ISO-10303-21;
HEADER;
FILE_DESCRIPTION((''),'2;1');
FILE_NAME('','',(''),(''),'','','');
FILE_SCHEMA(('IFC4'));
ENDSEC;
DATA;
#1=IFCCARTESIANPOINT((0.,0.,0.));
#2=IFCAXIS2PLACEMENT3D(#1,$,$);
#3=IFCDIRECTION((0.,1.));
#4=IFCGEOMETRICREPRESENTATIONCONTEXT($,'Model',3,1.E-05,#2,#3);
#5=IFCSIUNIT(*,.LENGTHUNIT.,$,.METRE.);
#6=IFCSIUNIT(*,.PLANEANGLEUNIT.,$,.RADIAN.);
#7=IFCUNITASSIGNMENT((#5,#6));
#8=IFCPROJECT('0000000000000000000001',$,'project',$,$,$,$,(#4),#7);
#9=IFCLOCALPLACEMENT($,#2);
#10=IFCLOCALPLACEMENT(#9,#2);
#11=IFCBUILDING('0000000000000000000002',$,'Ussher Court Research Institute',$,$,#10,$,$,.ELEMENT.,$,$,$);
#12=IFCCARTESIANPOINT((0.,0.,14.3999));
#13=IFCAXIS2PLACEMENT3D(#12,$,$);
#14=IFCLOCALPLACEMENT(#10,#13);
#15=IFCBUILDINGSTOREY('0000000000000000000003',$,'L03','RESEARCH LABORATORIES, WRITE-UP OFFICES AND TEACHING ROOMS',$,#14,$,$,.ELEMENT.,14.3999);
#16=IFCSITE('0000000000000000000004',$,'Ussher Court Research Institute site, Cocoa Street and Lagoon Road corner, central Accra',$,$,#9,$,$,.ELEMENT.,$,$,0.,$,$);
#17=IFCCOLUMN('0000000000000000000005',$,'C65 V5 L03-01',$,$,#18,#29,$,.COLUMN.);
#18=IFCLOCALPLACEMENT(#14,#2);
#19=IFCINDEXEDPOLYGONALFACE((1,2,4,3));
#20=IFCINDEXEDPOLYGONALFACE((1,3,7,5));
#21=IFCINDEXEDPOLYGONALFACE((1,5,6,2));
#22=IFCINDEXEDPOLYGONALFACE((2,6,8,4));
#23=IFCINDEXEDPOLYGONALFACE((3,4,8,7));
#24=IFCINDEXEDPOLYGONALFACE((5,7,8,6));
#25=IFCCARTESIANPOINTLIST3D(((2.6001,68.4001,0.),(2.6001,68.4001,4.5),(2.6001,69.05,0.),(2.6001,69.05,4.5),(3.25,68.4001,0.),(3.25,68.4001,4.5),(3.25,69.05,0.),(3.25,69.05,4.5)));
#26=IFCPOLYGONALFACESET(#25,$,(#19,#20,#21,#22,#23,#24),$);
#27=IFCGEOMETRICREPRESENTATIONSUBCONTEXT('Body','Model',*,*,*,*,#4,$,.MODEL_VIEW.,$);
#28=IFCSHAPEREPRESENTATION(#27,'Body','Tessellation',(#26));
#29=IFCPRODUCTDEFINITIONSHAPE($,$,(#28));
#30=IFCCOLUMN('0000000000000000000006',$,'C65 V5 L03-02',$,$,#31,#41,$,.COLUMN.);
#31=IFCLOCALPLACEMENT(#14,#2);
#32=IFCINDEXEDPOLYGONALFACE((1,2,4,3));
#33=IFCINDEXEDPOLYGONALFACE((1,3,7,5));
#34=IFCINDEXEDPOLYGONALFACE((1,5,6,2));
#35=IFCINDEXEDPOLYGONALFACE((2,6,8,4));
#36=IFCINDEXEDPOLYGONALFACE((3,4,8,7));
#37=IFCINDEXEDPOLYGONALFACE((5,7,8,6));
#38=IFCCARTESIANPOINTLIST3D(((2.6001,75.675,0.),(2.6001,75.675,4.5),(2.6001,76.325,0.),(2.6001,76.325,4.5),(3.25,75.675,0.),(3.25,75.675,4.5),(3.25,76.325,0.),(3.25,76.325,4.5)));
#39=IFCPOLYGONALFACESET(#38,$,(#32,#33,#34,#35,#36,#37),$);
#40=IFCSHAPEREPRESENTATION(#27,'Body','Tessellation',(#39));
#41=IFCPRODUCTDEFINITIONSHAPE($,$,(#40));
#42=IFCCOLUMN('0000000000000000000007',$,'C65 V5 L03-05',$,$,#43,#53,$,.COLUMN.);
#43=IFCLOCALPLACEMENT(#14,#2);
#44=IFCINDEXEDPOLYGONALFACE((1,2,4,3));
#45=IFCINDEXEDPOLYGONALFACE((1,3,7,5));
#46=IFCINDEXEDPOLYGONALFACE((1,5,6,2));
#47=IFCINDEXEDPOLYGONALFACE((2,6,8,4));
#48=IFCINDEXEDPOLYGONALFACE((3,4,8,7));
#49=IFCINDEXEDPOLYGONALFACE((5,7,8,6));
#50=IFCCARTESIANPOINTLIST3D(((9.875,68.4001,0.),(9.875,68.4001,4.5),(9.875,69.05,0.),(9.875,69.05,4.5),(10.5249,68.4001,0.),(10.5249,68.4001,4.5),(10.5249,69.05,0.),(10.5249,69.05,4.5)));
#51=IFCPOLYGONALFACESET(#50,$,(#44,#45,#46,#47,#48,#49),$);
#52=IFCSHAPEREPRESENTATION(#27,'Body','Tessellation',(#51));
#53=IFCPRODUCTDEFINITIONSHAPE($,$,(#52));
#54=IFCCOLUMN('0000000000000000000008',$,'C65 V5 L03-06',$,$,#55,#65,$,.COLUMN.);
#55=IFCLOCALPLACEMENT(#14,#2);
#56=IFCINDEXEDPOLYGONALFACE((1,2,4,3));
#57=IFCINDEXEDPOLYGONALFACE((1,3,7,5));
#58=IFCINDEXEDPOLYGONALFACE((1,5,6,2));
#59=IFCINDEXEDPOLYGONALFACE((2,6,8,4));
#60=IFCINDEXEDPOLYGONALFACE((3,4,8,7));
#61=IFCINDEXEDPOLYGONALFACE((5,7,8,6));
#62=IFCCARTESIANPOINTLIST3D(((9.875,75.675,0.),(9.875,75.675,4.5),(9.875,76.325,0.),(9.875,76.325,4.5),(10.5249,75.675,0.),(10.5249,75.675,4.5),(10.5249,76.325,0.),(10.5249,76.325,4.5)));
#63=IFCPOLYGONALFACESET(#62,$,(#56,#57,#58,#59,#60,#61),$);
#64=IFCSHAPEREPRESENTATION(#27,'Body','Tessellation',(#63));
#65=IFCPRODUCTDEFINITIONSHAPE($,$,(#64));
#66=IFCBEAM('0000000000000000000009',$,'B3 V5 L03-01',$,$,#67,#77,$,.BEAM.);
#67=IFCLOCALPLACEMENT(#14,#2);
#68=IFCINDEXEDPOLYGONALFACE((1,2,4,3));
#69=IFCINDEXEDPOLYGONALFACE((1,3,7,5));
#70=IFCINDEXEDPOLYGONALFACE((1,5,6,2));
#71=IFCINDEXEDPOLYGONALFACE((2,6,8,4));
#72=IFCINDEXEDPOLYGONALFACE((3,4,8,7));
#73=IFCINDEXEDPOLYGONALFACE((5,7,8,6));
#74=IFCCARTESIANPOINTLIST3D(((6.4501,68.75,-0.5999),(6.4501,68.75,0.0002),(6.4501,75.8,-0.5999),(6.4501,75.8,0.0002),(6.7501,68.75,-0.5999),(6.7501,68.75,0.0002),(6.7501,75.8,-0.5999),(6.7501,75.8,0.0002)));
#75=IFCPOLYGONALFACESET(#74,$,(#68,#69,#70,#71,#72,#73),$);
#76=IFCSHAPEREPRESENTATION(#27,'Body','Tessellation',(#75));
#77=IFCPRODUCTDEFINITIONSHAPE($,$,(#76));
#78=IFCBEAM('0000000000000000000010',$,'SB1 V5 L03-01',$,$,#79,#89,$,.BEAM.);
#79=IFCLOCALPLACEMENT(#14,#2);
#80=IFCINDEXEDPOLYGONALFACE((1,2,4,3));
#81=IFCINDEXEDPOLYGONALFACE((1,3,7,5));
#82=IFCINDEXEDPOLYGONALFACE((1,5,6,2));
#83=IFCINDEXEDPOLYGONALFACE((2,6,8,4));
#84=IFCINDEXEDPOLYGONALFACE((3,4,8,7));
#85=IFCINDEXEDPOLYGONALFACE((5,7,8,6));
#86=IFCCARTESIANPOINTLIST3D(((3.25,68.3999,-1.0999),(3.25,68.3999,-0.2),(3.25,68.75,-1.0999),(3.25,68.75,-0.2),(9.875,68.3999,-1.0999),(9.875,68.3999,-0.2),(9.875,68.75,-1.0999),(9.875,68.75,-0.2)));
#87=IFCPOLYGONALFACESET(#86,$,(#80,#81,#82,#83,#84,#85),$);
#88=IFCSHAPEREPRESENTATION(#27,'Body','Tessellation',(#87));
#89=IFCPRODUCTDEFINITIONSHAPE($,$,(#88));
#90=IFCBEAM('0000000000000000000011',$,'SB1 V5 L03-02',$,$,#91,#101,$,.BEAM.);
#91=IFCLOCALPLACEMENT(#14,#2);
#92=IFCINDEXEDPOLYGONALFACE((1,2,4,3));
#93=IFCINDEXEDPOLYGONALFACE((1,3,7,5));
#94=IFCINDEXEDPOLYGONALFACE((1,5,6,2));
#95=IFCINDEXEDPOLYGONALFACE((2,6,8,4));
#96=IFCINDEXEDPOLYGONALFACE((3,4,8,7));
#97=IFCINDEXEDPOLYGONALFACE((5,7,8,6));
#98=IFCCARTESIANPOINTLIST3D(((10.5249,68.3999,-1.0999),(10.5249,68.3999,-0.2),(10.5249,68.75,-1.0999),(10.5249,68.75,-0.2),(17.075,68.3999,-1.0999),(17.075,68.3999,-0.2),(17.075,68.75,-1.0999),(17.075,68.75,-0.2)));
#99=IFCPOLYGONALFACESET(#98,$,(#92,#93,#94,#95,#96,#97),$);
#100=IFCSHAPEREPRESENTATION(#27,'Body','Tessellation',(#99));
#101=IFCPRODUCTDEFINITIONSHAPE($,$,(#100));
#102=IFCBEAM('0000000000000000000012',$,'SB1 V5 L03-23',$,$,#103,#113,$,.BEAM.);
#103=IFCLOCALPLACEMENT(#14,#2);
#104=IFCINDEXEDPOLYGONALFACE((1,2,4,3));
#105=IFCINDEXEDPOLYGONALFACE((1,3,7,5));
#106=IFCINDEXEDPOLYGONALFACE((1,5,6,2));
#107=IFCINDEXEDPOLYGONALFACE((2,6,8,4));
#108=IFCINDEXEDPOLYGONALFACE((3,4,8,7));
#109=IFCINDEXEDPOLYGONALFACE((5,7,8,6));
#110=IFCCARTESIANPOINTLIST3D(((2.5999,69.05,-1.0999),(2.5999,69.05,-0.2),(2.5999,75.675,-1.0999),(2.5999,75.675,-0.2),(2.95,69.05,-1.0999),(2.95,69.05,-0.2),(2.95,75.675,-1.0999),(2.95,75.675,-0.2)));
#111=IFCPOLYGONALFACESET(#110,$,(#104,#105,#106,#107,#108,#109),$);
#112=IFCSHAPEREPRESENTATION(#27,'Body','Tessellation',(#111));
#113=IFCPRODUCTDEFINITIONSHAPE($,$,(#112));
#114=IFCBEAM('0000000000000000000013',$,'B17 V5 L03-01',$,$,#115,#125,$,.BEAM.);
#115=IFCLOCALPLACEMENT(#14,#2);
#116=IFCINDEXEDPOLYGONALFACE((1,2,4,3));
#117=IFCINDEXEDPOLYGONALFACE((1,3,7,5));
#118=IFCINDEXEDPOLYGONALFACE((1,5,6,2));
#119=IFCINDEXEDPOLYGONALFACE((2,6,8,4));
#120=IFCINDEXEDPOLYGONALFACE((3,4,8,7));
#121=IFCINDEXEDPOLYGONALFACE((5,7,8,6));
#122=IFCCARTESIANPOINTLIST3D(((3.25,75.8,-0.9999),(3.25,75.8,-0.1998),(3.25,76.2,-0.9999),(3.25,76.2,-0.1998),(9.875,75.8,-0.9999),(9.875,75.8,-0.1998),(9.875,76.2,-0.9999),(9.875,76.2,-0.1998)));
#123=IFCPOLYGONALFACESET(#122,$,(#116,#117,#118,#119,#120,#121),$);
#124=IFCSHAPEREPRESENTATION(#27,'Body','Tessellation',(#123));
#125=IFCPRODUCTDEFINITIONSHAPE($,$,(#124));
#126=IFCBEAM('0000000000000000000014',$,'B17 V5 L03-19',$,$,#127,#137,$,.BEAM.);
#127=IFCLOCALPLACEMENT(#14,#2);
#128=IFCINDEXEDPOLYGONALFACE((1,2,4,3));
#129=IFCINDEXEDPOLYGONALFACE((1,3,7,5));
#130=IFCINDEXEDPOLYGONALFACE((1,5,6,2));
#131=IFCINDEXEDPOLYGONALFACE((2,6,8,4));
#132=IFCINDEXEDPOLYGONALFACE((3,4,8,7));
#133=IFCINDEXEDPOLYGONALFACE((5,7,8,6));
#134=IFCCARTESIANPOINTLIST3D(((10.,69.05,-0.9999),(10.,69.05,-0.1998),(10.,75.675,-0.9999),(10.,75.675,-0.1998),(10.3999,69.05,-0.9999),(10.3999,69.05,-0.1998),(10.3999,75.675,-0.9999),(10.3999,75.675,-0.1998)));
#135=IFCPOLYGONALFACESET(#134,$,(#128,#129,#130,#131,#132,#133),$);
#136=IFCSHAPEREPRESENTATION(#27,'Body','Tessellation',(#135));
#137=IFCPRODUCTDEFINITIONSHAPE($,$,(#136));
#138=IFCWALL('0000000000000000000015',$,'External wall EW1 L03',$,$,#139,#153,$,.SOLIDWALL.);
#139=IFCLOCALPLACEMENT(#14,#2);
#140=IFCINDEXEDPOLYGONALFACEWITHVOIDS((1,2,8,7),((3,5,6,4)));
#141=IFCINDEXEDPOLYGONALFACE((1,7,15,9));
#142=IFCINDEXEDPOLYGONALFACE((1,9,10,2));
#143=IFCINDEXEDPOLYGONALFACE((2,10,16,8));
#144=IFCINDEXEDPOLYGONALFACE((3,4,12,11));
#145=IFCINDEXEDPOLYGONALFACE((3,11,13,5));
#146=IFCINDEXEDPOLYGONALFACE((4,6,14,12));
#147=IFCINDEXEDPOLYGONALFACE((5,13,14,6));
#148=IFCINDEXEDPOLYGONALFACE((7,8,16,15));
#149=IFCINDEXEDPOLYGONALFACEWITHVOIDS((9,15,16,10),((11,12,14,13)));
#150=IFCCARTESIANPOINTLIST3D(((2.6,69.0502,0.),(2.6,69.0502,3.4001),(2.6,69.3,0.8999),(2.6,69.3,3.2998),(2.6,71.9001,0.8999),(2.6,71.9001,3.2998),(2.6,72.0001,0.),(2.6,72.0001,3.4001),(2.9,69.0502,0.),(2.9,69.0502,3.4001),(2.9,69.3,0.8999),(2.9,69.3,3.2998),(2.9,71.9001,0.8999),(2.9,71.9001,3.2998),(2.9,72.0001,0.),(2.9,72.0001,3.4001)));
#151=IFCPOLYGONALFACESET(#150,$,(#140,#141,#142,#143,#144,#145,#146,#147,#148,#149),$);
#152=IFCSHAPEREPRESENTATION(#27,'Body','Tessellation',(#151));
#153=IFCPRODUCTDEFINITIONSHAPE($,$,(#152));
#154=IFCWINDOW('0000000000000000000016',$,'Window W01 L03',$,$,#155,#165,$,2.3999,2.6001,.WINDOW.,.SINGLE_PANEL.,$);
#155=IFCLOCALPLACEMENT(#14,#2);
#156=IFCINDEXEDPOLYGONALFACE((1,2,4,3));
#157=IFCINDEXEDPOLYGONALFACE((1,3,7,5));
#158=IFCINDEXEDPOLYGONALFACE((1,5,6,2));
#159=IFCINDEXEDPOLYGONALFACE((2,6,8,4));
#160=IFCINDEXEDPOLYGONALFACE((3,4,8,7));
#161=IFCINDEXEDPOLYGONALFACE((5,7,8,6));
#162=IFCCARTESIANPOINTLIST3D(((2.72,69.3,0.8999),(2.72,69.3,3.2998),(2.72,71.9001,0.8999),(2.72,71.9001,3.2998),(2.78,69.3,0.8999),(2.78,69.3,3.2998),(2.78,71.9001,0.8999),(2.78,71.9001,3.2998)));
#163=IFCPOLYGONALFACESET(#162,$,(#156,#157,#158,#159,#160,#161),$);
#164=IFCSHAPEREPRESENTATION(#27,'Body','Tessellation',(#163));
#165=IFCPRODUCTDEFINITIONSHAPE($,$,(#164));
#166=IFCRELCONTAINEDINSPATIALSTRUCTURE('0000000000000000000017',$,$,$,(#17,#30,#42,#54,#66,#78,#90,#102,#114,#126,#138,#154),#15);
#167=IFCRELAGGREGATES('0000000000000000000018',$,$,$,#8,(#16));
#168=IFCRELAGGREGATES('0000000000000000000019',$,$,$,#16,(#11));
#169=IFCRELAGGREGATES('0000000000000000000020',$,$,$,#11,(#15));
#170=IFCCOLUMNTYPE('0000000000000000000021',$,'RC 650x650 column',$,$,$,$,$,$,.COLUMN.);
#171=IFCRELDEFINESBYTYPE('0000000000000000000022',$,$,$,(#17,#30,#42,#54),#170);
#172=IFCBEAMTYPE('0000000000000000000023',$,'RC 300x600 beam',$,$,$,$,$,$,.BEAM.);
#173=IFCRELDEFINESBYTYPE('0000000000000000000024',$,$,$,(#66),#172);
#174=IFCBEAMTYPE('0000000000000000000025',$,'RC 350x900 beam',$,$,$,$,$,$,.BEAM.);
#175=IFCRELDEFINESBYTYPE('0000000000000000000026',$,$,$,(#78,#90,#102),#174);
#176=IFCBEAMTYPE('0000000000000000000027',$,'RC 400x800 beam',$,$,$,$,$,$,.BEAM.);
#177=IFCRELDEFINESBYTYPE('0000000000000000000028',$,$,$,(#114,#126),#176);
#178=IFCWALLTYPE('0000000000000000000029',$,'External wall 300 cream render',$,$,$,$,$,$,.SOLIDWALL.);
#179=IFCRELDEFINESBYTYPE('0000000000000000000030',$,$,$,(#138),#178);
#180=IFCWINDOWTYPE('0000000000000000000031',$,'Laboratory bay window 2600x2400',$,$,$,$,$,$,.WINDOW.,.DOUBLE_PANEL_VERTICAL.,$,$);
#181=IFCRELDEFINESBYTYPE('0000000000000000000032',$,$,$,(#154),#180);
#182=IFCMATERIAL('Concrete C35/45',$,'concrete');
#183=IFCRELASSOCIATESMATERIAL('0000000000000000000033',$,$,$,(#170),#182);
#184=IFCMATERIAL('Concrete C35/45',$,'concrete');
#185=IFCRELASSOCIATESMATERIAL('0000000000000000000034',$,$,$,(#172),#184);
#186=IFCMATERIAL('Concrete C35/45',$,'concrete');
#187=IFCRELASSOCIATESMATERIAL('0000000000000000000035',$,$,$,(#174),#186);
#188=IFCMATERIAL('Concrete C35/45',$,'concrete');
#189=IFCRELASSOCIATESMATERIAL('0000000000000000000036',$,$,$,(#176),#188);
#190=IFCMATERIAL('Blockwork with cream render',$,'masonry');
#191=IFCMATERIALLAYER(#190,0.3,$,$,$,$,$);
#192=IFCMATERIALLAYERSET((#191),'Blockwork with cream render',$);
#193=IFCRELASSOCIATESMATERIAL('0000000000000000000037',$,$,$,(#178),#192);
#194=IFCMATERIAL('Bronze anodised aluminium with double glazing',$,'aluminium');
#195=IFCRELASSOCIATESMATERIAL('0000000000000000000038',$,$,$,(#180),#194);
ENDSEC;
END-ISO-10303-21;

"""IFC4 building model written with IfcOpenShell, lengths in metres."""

from ifc_helpers import new_model, si_unit, direction, frame, frame_2d, origin, origin_2d, place, context, subcontext, project, spatial, rectangle, extrude, material, layer, layer_set, material_profile, profile_set, type_object, element, fill, save


model = new_model("IFC4")

# Units and contexts
model_context = context("Model", 3, precision=1e-05, world=origin(), true_north=direction((0.0, 1.0)))
body_context = subcontext(model_context, "Body", "Model", "MODEL_VIEW")
ifc_project = project(units=[si_unit("LENGTHUNIT", "METRE"), si_unit("PLANEANGLEUNIT", "RADIAN")], contexts=[model_context])

# Site, building, storey
site_placement = place(None, origin())
site = spatial("IfcSite", under=ifc_project, at=site_placement, Name="Ussher Court Research Institute site, Cocoa Street and Lagoon Road corner, central Accra", CompositionType="ELEMENT", RefElevation=0.0)
building_placement = place(site_placement, origin())
building = spatial("IfcBuilding", under=site, at=building_placement, Name="Ussher Court Research Institute", CompositionType="ELEMENT")
storey_placement = place(building_placement, frame((0.0, 0.0, 14.3999)))
storey = spatial("IfcBuildingStorey", under=building, at=storey_placement, Name="L03", Description="RESEARCH LABORATORIES, WRITE-UP OFFICES AND TEACHING ROOMS", CompositionType="ELEMENT", Elevation=14.3999)

# Columns
ifc_material_1 = material(Name="Concrete C35/45", Category="concrete")
ifc_material_profile_1 = material_profile(ifc_material_1, rectangle(XDim=0.6499, YDim=0.6499, at=origin_2d()), Name="RC 650x650")
ifc_profile_set_1 = profile_set([ifc_material_profile_1], Name="Concrete C35/45")
column_type = type_object("IfcColumnType", Name="RC 650x650 column", PredefinedType="COLUMN", material=ifc_profile_set_1)
for number, where, z_axis, x_axis, name in (
    (1, (2.925, 68.7251, 0.0), (0.0, 0.0, 1.0), (1.0, 0.0, 0.0), "C65 V5 L03-01"),
    (2, (2.925, 76.0, 0.0), (0.0, 0.0, 1.0), (1.0, 0.0, 0.0), "C65 V5 L03-02"),
    (3, (10.2, 68.7251, 0.0), (0.0, 0.0, 1.0), (1.0, 0.0, 0.0), "C65 V5 L03-05"),
    (4, (10.2, 76.0, 0.0), (0.0, 0.0, 1.0), (1.0, 0.0, 0.0), "C65 V5 L03-06"),
):
    element("IfcColumn", number, at=place(storey_placement, frame(where, z_axis=z_axis, x_axis=x_axis)), inside=storey, type_object=column_type, Name=name, PredefinedType="COLUMN", context=body_context, shape_type="SweptSolid", body=[
        extrude(rectangle(XDim=0.6499, YDim=0.6499, at=origin_2d()), origin(), (0.0, 0.0, 1.0), 4.5),
    ])

# Beams
ifc_material_2 = material(Name="Concrete C35/45", Category="concrete")
ifc_material_profile_2 = material_profile(ifc_material_2, rectangle(XDim=0.3, YDim=0.6001, at=origin_2d()), Name="RC 300x600")
ifc_profile_set_2 = profile_set([ifc_material_profile_2], Name="Concrete C35/45")
beam_type_1 = type_object("IfcBeamType", Name="RC 300x600 beam", PredefinedType="BEAM", material=ifc_profile_set_2)
beam_1_placement = place(storey_placement, frame((6.6001, 68.75, -0.2998), z_axis=(0.0, 1.0, 0.0), x_axis=(-1.0, 0.0, 0.0)))
element("IfcBeam", 5, at=beam_1_placement, inside=storey, type_object=beam_type_1, Name="B3 V5 L03-01", PredefinedType="BEAM", context=body_context, shape_type="SweptSolid", body=[
    extrude(rectangle(XDim=0.3, YDim=0.6001, at=origin_2d()), origin(), (0.0, 0.0, 1.0), 7.05),
])
ifc_material_3 = material(Name="Concrete C35/45", Category="concrete")
ifc_material_profile_3 = material_profile(ifc_material_3, rectangle(XDim=0.3501, YDim=0.8999, at=origin_2d()), Name="RC 350x900")
ifc_profile_set_3 = profile_set([ifc_material_profile_3], Name="Concrete C35/45")
beam_type_2 = type_object("IfcBeamType", Name="RC 350x900 beam", PredefinedType="BEAM", material=ifc_profile_set_3)
beam_2_placement = place(storey_placement, frame((3.25, 68.575, -0.6499), z_axis=(1.0, 0.0, 0.0), x_axis=(0.0, 1.0, 0.0)))
element("IfcBeam", 6, at=beam_2_placement, inside=storey, type_object=beam_type_2, Name="SB1 V5 L03-01", PredefinedType="BEAM", context=body_context, shape_type="SweptSolid", body=[
    extrude(rectangle(XDim=0.3501, YDim=0.8999, at=origin_2d()), origin(), (0.0, 0.0, 1.0), 6.625),
])
beam_3_placement = place(storey_placement, frame((10.5249, 68.575, -0.6499), z_axis=(1.0, 0.0, 0.0), x_axis=(0.0, 1.0, 0.0)))
element("IfcBeam", 7, at=beam_3_placement, inside=storey, type_object=beam_type_2, Name="SB1 V5 L03-02", PredefinedType="BEAM", context=body_context, shape_type="SweptSolid", body=[
    extrude(rectangle(XDim=0.3501, YDim=0.8999, at=origin_2d()), origin(), (0.0, 0.0, 1.0), 6.55),
])
beam_4_placement = place(storey_placement, frame((2.7749, 69.05, -0.6499), z_axis=(0.0, 1.0, 0.0), x_axis=(-1.0, 0.0, 0.0)))
element("IfcBeam", 8, at=beam_4_placement, inside=storey, type_object=beam_type_2, Name="SB1 V5 L03-23", PredefinedType="BEAM", context=body_context, shape_type="SweptSolid", body=[
    extrude(rectangle(XDim=0.3501, YDim=0.8999, at=origin_2d()), origin(), (0.0, 0.0, 1.0), 6.625),
])
ifc_material_4 = material(Name="Concrete C35/45", Category="concrete")
ifc_material_profile_4 = material_profile(ifc_material_4, rectangle(XDim=0.3999, YDim=0.8, at=origin_2d()), Name="RC 400x800")
ifc_profile_set_4 = profile_set([ifc_material_profile_4], Name="Concrete C35/45")
beam_type_3 = type_object("IfcBeamType", Name="RC 400x800 beam", PredefinedType="BEAM", material=ifc_profile_set_4)
for number, where, z_axis, x_axis, name in (
    (9, (3.25, 76.0, -0.5999), (1.0, 0.0, 0.0), (0.0, 1.0, 0.0), "B17 V5 L03-01"),
    (10, (10.2, 69.05, -0.5999), (0.0, 1.0, 0.0), (-1.0, 0.0, 0.0), "B17 V5 L03-19"),
):
    element("IfcBeam", number, at=place(storey_placement, frame(where, z_axis=z_axis, x_axis=x_axis)), inside=storey, type_object=beam_type_3, Name=name, PredefinedType="BEAM", context=body_context, shape_type="SweptSolid", body=[
        extrude(rectangle(XDim=0.3999, YDim=0.8, at=origin_2d()), origin(), (0.0, 0.0, 1.0), 6.625),
    ])

# Wall, opening, window
ifc_material_5 = material(Name="Blockwork with cream render", Category="masonry")
ifc_layer_1 = layer(ifc_material_5, 0.3)
ifc_layer_set_1 = layer_set([ifc_layer_1], Name="Blockwork with cream render")
wall_type_1 = type_object("IfcWallType", Name="External wall 300 cream render", PredefinedType="SOLIDWALL", material=ifc_layer_set_1)
wall_1_placement = place(storey_placement, frame((2.75, 69.05, 0.0), z_axis=(0.0, 0.0, 1.0), x_axis=(0.0, 1.0, 0.0)))
wall_1 = element("IfcWall", 11, at=wall_1_placement, inside=storey, type_object=wall_type_1, Name="External wall EW1 L03", PredefinedType="SOLIDWALL", context=body_context, shape_type="SweptSolid", body=[
    extrude(rectangle(XDim=2.95, YDim=0.3, at=frame_2d((1.4751, 0.0))), origin(), (0.0, 0.0, 1.0), 3.4001),
])
opening_1_placement = place(wall_1_placement, frame((0.25, 0.0, 0.8999)))
opening_1 = element("IfcOpeningElement", 12, at=opening_1_placement, cuts=wall_1, PredefinedType="OPENING", context=body_context, shape_type="SweptSolid", body=[
    extrude(rectangle(XDim=2.6001, YDim=2.3999, at=frame_2d((1.3, 1.2))), frame((0.0, 0.1602, 0.0), z_axis=(0.0, -1.0, 0.0), x_axis=(1.0, 0.0, 0.0)), (0.0, 0.0, 1.0), 0.3201),
])
ifc_material_6 = material(Name="Bronze anodised aluminium with double glazing", Category="aluminium")
window_type = type_object("IfcWindowType", Name="Laboratory bay window 2600x2400", PartitioningType="DOUBLE_PANEL_VERTICAL", PredefinedType="WINDOW", material=ifc_material_6)
window_1_placement = place(opening_1_placement, origin())
window_1 = element("IfcWindow", 13, at=window_1_placement, inside=storey, type_object=window_type, Name="Window W01 L03", OverallHeight=2.3999, OverallWidth=2.6001, PartitioningType="SINGLE_PANEL", PredefinedType="WINDOW", context=body_context, shape_type="SweptSolid", body=[
    extrude(rectangle(XDim=2.6001, YDim=2.3999, at=frame_2d((1.3, 1.2))), frame((0.0, 0.03, 0.0), z_axis=(0.0, -1.0, 0.0), x_axis=(1.0, 0.0, 0.0)), (0.0, 0.0, 1.0), 0.0601),
])
fill(opening_1, window_1)

save(model, "model.ifc")
